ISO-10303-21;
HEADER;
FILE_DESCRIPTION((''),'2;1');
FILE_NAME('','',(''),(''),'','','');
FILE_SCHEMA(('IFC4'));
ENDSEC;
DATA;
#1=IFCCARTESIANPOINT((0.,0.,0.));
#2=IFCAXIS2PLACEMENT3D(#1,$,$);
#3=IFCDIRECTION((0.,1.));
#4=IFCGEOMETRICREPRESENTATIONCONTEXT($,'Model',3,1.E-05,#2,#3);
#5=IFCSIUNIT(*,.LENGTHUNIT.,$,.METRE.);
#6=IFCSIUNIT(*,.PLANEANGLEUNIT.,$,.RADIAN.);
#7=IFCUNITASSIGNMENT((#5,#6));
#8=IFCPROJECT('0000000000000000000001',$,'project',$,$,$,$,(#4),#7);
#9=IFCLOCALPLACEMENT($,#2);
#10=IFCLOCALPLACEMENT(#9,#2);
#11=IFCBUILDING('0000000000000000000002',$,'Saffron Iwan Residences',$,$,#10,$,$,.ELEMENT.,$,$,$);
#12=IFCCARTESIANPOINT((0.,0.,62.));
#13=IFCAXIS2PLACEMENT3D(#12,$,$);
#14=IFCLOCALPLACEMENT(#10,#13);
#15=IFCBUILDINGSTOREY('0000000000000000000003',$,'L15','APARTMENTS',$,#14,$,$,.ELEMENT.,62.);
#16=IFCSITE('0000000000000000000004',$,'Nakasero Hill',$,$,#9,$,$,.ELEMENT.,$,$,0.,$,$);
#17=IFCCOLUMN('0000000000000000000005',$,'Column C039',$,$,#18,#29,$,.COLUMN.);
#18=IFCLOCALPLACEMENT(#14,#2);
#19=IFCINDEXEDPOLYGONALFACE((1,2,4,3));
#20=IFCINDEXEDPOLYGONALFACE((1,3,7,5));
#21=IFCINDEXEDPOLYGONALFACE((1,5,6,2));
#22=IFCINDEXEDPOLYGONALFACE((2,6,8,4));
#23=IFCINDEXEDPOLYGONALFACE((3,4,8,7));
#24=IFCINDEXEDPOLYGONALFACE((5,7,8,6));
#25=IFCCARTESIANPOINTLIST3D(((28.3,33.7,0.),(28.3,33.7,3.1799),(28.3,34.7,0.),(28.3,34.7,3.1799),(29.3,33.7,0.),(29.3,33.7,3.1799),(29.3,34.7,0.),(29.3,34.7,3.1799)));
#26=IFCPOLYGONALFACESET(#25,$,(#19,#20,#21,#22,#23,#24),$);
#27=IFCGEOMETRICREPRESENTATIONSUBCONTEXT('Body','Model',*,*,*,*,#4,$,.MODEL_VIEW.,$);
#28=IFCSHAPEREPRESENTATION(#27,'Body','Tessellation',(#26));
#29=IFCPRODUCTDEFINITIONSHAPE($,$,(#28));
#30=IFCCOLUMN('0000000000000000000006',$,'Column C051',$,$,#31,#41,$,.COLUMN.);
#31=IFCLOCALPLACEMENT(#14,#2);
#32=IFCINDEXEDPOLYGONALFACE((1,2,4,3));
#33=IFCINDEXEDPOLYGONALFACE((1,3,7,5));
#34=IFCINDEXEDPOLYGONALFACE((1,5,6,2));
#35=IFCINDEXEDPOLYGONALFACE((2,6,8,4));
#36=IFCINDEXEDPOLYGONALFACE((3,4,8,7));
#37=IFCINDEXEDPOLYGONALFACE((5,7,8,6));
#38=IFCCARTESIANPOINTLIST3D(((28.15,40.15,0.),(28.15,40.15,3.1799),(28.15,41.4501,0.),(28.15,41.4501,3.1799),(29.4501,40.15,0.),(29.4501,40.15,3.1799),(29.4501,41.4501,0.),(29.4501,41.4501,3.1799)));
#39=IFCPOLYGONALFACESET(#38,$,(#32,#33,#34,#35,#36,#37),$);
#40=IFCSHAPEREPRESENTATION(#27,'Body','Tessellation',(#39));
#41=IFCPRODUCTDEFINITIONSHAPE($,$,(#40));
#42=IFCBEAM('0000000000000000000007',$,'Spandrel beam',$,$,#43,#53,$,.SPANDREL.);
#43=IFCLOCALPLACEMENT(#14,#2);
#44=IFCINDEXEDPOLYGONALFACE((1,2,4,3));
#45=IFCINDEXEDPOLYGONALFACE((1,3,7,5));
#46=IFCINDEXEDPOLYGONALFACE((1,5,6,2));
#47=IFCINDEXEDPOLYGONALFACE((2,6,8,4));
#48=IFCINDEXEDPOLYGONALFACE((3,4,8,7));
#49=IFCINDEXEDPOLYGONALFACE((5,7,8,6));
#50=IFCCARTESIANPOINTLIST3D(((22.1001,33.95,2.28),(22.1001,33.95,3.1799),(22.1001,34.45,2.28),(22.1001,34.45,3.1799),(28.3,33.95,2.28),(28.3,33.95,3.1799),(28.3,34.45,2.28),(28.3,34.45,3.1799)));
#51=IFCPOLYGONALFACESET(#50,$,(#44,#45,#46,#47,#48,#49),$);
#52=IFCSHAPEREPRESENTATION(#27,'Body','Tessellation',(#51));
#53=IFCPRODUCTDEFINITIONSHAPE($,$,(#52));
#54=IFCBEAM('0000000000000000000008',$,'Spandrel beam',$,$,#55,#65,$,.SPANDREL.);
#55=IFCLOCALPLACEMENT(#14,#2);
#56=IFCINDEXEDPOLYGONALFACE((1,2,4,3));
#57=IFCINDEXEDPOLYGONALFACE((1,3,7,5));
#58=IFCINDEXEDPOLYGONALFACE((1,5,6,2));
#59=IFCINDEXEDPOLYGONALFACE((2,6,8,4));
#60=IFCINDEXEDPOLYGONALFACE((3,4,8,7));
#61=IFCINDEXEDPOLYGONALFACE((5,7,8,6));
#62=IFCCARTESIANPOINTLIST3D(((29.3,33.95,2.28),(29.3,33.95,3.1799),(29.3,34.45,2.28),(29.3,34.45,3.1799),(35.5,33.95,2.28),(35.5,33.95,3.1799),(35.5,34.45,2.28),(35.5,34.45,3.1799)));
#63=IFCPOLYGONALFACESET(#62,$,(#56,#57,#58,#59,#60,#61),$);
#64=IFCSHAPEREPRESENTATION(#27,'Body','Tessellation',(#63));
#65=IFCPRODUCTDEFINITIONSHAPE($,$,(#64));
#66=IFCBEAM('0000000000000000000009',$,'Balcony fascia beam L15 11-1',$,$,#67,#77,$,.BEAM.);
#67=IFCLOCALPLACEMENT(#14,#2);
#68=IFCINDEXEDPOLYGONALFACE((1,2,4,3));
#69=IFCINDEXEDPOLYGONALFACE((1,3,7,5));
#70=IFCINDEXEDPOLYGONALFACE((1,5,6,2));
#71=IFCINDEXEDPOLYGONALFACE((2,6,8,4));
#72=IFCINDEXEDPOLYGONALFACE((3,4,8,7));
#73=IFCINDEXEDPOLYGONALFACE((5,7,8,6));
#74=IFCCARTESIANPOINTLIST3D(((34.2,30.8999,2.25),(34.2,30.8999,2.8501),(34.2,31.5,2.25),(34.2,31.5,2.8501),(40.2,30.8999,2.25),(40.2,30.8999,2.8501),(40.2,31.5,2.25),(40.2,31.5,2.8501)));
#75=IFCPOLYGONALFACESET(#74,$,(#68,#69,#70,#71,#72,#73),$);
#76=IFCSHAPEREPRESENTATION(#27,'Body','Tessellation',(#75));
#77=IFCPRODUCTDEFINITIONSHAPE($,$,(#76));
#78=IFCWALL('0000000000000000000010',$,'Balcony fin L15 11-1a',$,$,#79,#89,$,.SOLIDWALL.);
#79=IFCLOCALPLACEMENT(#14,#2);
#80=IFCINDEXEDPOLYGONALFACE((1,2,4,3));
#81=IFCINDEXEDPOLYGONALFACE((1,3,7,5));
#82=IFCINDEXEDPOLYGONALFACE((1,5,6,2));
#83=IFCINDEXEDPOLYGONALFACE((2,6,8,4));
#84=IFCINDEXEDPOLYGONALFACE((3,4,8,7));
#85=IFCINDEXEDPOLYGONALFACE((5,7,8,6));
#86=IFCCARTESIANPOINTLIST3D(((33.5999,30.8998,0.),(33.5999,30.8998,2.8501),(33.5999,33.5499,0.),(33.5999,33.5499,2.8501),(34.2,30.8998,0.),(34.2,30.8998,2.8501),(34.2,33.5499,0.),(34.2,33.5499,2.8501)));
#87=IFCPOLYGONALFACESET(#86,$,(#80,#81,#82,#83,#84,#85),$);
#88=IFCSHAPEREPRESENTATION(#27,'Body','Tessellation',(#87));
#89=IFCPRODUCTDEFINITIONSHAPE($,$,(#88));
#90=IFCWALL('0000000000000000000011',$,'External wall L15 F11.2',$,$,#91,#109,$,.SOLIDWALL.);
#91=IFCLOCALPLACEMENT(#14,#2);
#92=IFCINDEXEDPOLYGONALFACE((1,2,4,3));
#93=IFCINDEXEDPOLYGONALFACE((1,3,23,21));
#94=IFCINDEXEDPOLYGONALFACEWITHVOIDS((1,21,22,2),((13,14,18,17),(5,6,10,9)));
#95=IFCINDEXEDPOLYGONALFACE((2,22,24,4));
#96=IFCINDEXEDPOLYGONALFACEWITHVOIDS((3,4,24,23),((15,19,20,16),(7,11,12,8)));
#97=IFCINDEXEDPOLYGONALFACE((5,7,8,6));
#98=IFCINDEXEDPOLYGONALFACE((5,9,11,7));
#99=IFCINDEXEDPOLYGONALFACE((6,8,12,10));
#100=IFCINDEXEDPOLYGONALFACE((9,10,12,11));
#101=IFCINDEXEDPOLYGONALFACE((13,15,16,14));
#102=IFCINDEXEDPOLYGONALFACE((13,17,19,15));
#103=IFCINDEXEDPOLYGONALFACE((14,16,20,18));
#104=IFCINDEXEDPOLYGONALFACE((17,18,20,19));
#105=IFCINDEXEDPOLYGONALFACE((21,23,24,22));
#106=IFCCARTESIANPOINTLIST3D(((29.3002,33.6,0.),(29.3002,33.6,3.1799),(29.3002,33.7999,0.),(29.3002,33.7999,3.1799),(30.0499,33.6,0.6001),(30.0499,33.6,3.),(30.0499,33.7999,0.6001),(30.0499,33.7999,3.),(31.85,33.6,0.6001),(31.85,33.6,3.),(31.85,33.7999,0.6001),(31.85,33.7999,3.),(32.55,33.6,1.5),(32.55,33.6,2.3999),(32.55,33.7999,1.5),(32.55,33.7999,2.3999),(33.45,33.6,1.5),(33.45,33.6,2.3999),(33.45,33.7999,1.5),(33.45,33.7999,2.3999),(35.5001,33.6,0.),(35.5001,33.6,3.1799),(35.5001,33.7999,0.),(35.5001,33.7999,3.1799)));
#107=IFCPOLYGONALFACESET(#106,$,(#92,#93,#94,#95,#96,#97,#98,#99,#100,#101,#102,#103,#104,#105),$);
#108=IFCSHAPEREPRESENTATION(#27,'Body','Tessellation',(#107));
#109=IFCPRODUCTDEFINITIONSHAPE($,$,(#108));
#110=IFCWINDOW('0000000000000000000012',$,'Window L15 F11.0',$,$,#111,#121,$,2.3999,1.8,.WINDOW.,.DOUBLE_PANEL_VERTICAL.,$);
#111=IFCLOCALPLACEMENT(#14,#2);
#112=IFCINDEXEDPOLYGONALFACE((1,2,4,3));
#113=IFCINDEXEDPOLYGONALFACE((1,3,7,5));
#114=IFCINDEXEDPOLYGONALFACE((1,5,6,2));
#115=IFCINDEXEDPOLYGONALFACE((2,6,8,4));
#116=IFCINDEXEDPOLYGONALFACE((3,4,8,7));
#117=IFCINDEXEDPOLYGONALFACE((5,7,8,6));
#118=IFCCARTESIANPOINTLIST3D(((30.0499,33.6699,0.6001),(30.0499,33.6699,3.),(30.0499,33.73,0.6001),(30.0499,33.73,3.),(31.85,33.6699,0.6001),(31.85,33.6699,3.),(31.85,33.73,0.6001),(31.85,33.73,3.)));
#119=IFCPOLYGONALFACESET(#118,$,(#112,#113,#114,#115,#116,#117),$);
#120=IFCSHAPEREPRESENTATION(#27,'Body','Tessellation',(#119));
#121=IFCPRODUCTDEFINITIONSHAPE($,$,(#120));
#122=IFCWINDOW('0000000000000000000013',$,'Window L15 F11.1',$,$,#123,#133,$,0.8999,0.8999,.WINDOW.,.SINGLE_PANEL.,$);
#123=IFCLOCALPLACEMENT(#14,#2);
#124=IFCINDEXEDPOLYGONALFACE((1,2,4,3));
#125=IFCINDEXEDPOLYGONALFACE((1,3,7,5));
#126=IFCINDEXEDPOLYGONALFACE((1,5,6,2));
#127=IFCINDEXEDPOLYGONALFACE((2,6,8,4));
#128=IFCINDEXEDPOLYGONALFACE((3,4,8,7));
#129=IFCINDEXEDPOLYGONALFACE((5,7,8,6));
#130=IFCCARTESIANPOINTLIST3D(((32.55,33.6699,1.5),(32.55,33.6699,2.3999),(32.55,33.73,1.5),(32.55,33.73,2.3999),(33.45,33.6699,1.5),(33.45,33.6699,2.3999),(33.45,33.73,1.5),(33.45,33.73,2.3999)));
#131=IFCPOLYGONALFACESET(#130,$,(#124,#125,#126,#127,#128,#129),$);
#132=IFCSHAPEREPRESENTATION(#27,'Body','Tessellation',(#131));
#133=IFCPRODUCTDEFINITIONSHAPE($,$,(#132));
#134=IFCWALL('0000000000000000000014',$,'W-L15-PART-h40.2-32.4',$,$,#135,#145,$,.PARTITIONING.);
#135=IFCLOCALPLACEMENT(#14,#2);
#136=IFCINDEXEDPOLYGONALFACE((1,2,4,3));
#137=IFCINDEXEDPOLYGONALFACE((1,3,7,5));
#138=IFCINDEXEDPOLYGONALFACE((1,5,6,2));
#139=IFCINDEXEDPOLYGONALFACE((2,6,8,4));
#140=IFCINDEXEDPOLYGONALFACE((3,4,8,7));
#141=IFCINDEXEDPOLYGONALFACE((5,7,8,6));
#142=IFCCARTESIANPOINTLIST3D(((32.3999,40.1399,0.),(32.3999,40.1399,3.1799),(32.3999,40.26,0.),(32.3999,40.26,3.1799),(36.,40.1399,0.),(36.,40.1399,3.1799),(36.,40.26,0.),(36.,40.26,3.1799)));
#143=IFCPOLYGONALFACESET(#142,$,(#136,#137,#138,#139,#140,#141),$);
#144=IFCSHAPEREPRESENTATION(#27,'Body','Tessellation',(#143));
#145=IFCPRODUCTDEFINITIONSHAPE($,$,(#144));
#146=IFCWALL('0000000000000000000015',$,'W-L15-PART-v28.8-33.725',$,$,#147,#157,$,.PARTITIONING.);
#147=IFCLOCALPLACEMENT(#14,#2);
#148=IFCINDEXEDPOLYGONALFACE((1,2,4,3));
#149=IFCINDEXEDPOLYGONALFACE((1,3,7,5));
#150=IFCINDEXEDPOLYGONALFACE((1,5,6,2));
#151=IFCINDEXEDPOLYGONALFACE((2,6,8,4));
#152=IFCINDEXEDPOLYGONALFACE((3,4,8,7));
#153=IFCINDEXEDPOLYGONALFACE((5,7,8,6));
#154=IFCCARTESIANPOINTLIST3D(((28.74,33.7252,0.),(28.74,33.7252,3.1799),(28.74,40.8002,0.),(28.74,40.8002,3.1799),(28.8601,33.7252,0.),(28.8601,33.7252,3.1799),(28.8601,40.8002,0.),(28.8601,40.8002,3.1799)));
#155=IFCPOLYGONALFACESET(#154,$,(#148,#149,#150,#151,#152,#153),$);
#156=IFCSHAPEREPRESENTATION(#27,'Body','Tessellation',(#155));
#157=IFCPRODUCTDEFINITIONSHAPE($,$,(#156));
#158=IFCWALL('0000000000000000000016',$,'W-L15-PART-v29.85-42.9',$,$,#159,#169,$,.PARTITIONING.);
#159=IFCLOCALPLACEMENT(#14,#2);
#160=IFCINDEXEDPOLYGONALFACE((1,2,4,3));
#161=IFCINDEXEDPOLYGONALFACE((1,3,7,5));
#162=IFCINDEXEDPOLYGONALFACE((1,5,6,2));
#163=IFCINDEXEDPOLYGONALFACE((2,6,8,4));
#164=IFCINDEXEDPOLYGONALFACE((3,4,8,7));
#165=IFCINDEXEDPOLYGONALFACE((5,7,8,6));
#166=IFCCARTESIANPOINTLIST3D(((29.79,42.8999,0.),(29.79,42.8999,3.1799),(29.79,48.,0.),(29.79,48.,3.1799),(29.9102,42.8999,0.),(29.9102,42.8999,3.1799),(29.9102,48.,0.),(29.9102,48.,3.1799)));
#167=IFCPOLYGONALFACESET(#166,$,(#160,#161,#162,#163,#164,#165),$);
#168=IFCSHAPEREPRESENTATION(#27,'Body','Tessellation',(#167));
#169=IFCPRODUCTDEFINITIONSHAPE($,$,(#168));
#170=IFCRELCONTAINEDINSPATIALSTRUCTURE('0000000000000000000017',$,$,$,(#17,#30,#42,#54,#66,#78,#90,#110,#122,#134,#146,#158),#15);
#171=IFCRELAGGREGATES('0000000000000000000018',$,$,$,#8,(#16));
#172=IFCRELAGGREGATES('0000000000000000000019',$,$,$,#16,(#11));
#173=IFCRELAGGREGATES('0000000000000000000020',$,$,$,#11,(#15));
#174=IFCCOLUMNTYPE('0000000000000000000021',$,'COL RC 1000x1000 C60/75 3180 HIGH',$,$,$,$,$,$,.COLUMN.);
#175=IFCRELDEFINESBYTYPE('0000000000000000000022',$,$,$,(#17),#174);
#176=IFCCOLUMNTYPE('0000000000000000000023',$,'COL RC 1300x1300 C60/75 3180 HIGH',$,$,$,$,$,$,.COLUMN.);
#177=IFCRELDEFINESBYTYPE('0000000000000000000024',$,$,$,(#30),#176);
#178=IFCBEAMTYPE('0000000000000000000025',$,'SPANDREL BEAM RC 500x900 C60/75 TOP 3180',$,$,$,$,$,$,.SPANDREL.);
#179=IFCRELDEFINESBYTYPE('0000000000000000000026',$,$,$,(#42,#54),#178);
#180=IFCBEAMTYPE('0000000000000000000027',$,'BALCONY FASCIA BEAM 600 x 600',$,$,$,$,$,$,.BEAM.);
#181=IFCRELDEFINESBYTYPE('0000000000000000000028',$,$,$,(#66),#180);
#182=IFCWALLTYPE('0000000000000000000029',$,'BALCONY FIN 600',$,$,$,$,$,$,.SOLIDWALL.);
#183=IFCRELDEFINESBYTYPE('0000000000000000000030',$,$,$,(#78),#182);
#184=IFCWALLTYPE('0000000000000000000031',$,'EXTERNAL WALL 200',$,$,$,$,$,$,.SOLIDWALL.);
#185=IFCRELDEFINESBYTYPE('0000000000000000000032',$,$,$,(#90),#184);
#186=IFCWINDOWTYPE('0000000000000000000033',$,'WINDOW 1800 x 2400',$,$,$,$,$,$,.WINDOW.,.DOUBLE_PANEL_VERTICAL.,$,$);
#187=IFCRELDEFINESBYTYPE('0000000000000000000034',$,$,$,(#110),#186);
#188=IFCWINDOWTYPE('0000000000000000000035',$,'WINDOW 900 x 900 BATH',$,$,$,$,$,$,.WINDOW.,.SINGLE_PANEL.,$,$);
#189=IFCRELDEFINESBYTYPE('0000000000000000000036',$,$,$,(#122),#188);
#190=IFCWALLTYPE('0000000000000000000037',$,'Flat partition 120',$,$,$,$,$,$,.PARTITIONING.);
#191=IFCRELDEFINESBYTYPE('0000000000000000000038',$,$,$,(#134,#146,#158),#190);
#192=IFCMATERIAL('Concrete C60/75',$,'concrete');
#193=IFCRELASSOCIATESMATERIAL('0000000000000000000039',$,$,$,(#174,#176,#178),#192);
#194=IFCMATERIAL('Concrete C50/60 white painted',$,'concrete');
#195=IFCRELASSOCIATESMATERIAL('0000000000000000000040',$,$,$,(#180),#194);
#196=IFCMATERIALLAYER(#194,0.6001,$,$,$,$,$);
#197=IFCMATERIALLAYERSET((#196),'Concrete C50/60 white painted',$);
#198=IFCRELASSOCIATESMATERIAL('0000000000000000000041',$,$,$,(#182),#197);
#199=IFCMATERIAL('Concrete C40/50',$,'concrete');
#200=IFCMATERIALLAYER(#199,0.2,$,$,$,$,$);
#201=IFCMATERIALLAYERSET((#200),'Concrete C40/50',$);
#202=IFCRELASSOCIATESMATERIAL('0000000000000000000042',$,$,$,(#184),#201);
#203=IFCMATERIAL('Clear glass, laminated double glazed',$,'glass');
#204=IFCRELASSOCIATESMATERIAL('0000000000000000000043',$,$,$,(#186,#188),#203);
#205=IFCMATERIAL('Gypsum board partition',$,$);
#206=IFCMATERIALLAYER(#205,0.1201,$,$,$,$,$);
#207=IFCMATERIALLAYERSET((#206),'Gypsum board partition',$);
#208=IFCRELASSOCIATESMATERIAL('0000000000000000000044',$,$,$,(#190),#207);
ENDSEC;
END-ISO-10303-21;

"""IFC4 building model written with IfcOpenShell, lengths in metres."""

from ifc_helpers import new_model, si_unit, direction, frame, frame_2d, origin, origin_2d, place, context, subcontext, project, spatial, rectangle, extrude, source, transform, mapped, material, layer, layer_set, material_profile, profile_set, type_object, element, fill, save


model = new_model("IFC4")

# Units and contexts
model_context = context("Model", 3, precision=1e-05, world=origin(), true_north=direction((0.0, 1.0)))
body_context = subcontext(model_context, "Body", "Model", "MODEL_VIEW")
ifc_project = project(units=[si_unit("LENGTHUNIT", "METRE"), si_unit("PLANEANGLEUNIT", "RADIAN")], contexts=[model_context])

# Site, building, storey
site_placement = place(None, origin())
site = spatial("IfcSite", under=ifc_project, at=site_placement, Name="Nakasero Hill", CompositionType="ELEMENT", RefElevation=0.0)
building_placement = place(site_placement, origin())
building = spatial("IfcBuilding", under=site, at=building_placement, Name="Saffron Iwan Residences", CompositionType="ELEMENT")
storey_placement = place(building_placement, frame((0.0, 0.0, 62.0)))
storey = spatial("IfcBuildingStorey", under=building, at=storey_placement, Name="L15", Description="APARTMENTS", CompositionType="ELEMENT", Elevation=62.0)

# Columns
ifc_material_1 = material(Name="Concrete C60/75", Category="concrete")
ifc_material_profile_1 = material_profile(ifc_material_1, rectangle(XDim=1.0, YDim=1.0, at=origin_2d()), Name="RC 1000x1000")
ifc_profile_set_1 = profile_set([ifc_material_profile_1], Name="Concrete C60/75")
column_type_1 = type_object("IfcColumnType", Name="COL RC 1000x1000 C60/75 3180 HIGH", PredefinedType="COLUMN", material=ifc_profile_set_1)
shared_shape_1 = source(origin(), body_context, "Body", "SweptSolid", [
    extrude(rectangle(XDim=1.0, YDim=1.0, at=origin_2d()), origin(), (0.0, 0.0, 1.0), 3.1799),
])
column_1_placement = place(storey_placement, frame((28.8, 34.2, 0.0), z_axis=(0.0, 0.0, 1.0), x_axis=(1.0, 0.0, 0.0)))
element("IfcColumn", 1, at=column_1_placement, inside=storey, type_object=column_type_1, Name="Column C039", PredefinedType="COLUMN", context=body_context, shape_type="MappedRepresentation", body=[
    mapped(shared_shape_1, transform((0.0, 0.0, 0.0))),
])
ifc_material_profile_2 = material_profile(ifc_material_1, rectangle(XDim=1.3, YDim=1.3, at=origin_2d()), Name="RC 1300x1300")
ifc_profile_set_2 = profile_set([ifc_material_profile_2], Name="Concrete C60/75")
column_type_2 = type_object("IfcColumnType", Name="COL RC 1300x1300 C60/75 3180 HIGH", PredefinedType="COLUMN", material=ifc_profile_set_2)
shared_shape_2 = source(origin(), body_context, "Body", "SweptSolid", [
    extrude(rectangle(XDim=1.3, YDim=1.3, at=origin_2d()), origin(), (0.0, 0.0, 1.0), 3.1799),
])
column_2_placement = place(storey_placement, frame((28.8, 40.8, 0.0), z_axis=(0.0, 0.0, 1.0), x_axis=(1.0, 0.0, 0.0)))
element("IfcColumn", 2, at=column_2_placement, inside=storey, type_object=column_type_2, Name="Column C051", PredefinedType="COLUMN", context=body_context, shape_type="MappedRepresentation", body=[
    mapped(shared_shape_2, transform((0.0, 0.0, 0.0))),
])

# Beams
ifc_material_profile_3 = material_profile(ifc_material_1, rectangle(XDim=0.5, YDim=0.8999, at=origin_2d()), Name="RC 500x900")
ifc_profile_set_3 = profile_set([ifc_material_profile_3], Name="Concrete C60/75")
beam_type_1 = type_object("IfcBeamType", Name="SPANDREL BEAM RC 500x900 C60/75 TOP 3180", PredefinedType="SPANDREL", material=ifc_profile_set_3)
shared_shape_3 = source(origin(), body_context, "Body", "SweptSolid", [
    extrude(rectangle(XDim=0.5, YDim=0.8999, at=origin_2d()), origin(), (0.0, 0.0, 1.0), 6.2),
])
for number, where, z_axis, x_axis, name in (
    (3, (28.3, 34.2, 2.73), (-1.0, 0.0, 0.0), (0.0, -1.0, 0.0), "Spandrel beam"),
    (4, (35.5, 34.2, 2.73), (-1.0, 0.0, 0.0), (0.0, -1.0, 0.0), "Spandrel beam"),
):
    element("IfcBeam", number, at=place(storey_placement, frame(where, z_axis=z_axis, x_axis=x_axis)), inside=storey, type_object=beam_type_1, Name=name, PredefinedType="SPANDREL", context=body_context, shape_type="MappedRepresentation", body=[
        mapped(shared_shape_3, transform((0.0, 0.0, 0.0))),
    ])
ifc_material_2 = material(Name="Concrete C50/60 white painted", Category="concrete")
ifc_material_profile_4 = material_profile(ifc_material_2, rectangle(XDim=0.6001, YDim=0.6001, at=origin_2d()), Name="BALCONY FASCIA BEAM 600 x 600")
ifc_profile_set_4 = profile_set([ifc_material_profile_4], Name="Concrete C50/60 white painted")
beam_type_2 = type_object("IfcBeamType", Name="BALCONY FASCIA BEAM 600 x 600", PredefinedType="BEAM", material=ifc_profile_set_4)
shared_shape_4 = source(origin(), body_context, "Body", "SweptSolid", [
    extrude(rectangle(XDim=0.6001, YDim=0.6001, at=origin_2d()), origin(), (0.0, 0.0, 1.0), 6.0),
])
beam_placement = place(storey_placement, frame((34.2, 31.2, 2.55), z_axis=(1.0, 0.0, 0.0), x_axis=(0.0, 1.0, 0.0)))
element("IfcBeam", 5, at=beam_placement, inside=storey, type_object=beam_type_2, Name="Balcony fascia beam L15 11-1", PredefinedType="BEAM", context=body_context, shape_type="MappedRepresentation", body=[
    mapped(shared_shape_4, transform((0.0, 0.0, 0.0))),
])

# Wall
ifc_layer_1 = layer(ifc_material_2, 0.6001)
ifc_layer_set_1 = layer_set([ifc_layer_1], Name="Concrete C50/60 white painted")
wall_type_1 = type_object("IfcWallType", Name="BALCONY FIN 600", PredefinedType="SOLIDWALL", material=ifc_layer_set_1)
wall_1_placement = place(storey_placement, frame((33.8999, 33.55, 0.0), z_axis=(0.0, 0.0, 1.0), x_axis=(0.0, -1.0, 0.0)))
element("IfcWall", 6, at=wall_1_placement, inside=storey, type_object=wall_type_1, Name="Balcony fin L15 11-1a", PredefinedType="SOLIDWALL", context=body_context, shape_type="SweptSolid", body=[
    extrude(rectangle(XDim=2.6501, YDim=0.6001, at=frame_2d((1.3252, 0.0))), origin(), (0.0, 0.0, 1.0), 2.8501),
])

# Wall, openings, windows
ifc_material_3 = material(Name="Concrete C40/50", Category="concrete")
ifc_layer_2 = layer(ifc_material_3, 0.2)
ifc_layer_set_2 = layer_set([ifc_layer_2], Name="Concrete C40/50")
wall_type_2 = type_object("IfcWallType", Name="EXTERNAL WALL 200", PredefinedType="SOLIDWALL", material=ifc_layer_set_2)
wall_2_placement = place(storey_placement, frame((29.3, 33.7, 0.0), z_axis=(0.0, 0.0, 1.0), x_axis=(1.0, 0.0, 0.0)))
wall_2 = element("IfcWall", 7, at=wall_2_placement, inside=storey, type_object=wall_type_2, Name="External wall L15 F11.2", PredefinedType="SOLIDWALL", context=body_context, shape_type="SweptSolid", body=[
    extrude(rectangle(XDim=6.2, YDim=0.2, at=frame_2d((3.1001, 0.0))), origin(), (0.0, 0.0, 1.0), 3.1799),
])
opening_1_placement = place(wall_2_placement, frame((0.75, 0.0, 0.6001)))
opening_1 = element("IfcOpeningElement", 8, at=opening_1_placement, cuts=wall_2, PredefinedType="OPENING", context=body_context, shape_type="SweptSolid", body=[
    extrude(rectangle(XDim=1.8, YDim=2.3999, at=frame_2d((0.8999, 1.2))), frame((0.0, 0.1099, 0.0), z_axis=(0.0, -1.0, 0.0), x_axis=(1.0, 0.0, 0.0)), (0.0, 0.0, 1.0), 0.22),
])
opening_2_placement = place(wall_2_placement, frame((3.25, 0.0, 1.5)))
opening_2 = element("IfcOpeningElement", 9, at=opening_2_placement, cuts=wall_2, PredefinedType="OPENING", context=body_context, shape_type="SweptSolid", body=[
    extrude(rectangle(XDim=0.8999, YDim=0.8999, at=frame_2d((0.45, 0.45))), frame((0.0, 0.1099, 0.0), z_axis=(0.0, -1.0, 0.0), x_axis=(1.0, 0.0, 0.0)), (0.0, 0.0, 1.0), 0.22),
])
ifc_material_4 = material(Name="Clear glass, laminated double glazed", Category="glass")
window_type_1 = type_object("IfcWindowType", Name="WINDOW 1800 x 2400", PartitioningType="DOUBLE_PANEL_VERTICAL", PredefinedType="WINDOW", material=ifc_material_4)
window_1_placement = place(opening_1_placement, origin())
window_1 = element("IfcWindow", 10, at=window_1_placement, inside=storey, type_object=window_type_1, Name="Window L15 F11.0", OverallHeight=2.3999, OverallWidth=1.8, PartitioningType="DOUBLE_PANEL_VERTICAL", PredefinedType="WINDOW", context=body_context, shape_type="SweptSolid", body=[
    extrude(rectangle(XDim=1.8, YDim=2.3999, at=frame_2d((0.8999, 1.2))), frame((0.0, 0.03, 0.0), z_axis=(0.0, -1.0, 0.0), x_axis=(1.0, 0.0, 0.0)), (0.0, 0.0, 1.0), 0.0601),
])
fill(opening_1, window_1)
window_type_2 = type_object("IfcWindowType", Name="WINDOW 900 x 900 BATH", PartitioningType="SINGLE_PANEL", PredefinedType="WINDOW", material=ifc_material_4)
window_2_placement = place(opening_2_placement, origin())
window_2 = element("IfcWindow", 11, at=window_2_placement, inside=storey, type_object=window_type_2, Name="Window L15 F11.1", OverallHeight=0.8999, OverallWidth=0.8999, PartitioningType="SINGLE_PANEL", PredefinedType="WINDOW", context=body_context, shape_type="SweptSolid", body=[
    extrude(rectangle(XDim=0.8999, YDim=0.8999, at=frame_2d((0.45, 0.45))), frame((0.0, 0.03, 0.0), z_axis=(0.0, -1.0, 0.0), x_axis=(1.0, 0.0, 0.0)), (0.0, 0.0, 1.0), 0.0601),
])
fill(opening_2, window_2)

# Walls
ifc_material_5 = material(Name="Gypsum board partition")
ifc_layer_3 = layer(ifc_material_5, 0.1201)
ifc_layer_set_3 = layer_set([ifc_layer_3], Name="Gypsum board partition")
wall_type_3 = type_object("IfcWallType", Name="Flat partition 120", PredefinedType="PARTITIONING", material=ifc_layer_set_3)
wall_3_placement = place(storey_placement, frame((32.3999, 40.2, 0.0), z_axis=(0.0, 0.0, 1.0), x_axis=(1.0, 0.0, 0.0)))
element("IfcWall", 12, at=wall_3_placement, inside=storey, type_object=wall_type_3, Name="W-L15-PART-h40.2-32.4", PredefinedType="PARTITIONING", context=body_context, shape_type="SweptSolid", body=[
    extrude(rectangle(XDim=3.6001, YDim=0.1201, at=frame_2d((1.8, 0.0))), origin(), (0.0, 0.0, 1.0), 3.1799),
])
wall_4_placement = place(storey_placement, frame((28.8, 33.7251, 0.0), z_axis=(0.0, 0.0, 1.0), x_axis=(0.0, 1.0, 0.0)))
element("IfcWall", 13, at=wall_4_placement, inside=storey, type_object=wall_type_3, Name="W-L15-PART-v28.8-33.725", PredefinedType="PARTITIONING", context=body_context, shape_type="SweptSolid", body=[
    extrude(rectangle(XDim=7.075, YDim=0.1201, at=frame_2d((3.5376, 0.0))), origin(), (0.0, 0.0, 1.0), 3.1799),
])
wall_5_placement = place(storey_placement, frame((29.8501, 42.8999, 0.0), z_axis=(0.0, 0.0, 1.0), x_axis=(0.0, 1.0, 0.0)))
element("IfcWall", 14, at=wall_5_placement, inside=storey, type_object=wall_type_3, Name="W-L15-PART-v29.85-42.9", PredefinedType="PARTITIONING", context=body_context, shape_type="SweptSolid", body=[
    extrude(rectangle(XDim=5.1001, YDim=0.1201, at=frame_2d((2.55, 0.0))), origin(), (0.0, 0.0, 1.0), 3.1799),
])

save(model, "model.ifc")
